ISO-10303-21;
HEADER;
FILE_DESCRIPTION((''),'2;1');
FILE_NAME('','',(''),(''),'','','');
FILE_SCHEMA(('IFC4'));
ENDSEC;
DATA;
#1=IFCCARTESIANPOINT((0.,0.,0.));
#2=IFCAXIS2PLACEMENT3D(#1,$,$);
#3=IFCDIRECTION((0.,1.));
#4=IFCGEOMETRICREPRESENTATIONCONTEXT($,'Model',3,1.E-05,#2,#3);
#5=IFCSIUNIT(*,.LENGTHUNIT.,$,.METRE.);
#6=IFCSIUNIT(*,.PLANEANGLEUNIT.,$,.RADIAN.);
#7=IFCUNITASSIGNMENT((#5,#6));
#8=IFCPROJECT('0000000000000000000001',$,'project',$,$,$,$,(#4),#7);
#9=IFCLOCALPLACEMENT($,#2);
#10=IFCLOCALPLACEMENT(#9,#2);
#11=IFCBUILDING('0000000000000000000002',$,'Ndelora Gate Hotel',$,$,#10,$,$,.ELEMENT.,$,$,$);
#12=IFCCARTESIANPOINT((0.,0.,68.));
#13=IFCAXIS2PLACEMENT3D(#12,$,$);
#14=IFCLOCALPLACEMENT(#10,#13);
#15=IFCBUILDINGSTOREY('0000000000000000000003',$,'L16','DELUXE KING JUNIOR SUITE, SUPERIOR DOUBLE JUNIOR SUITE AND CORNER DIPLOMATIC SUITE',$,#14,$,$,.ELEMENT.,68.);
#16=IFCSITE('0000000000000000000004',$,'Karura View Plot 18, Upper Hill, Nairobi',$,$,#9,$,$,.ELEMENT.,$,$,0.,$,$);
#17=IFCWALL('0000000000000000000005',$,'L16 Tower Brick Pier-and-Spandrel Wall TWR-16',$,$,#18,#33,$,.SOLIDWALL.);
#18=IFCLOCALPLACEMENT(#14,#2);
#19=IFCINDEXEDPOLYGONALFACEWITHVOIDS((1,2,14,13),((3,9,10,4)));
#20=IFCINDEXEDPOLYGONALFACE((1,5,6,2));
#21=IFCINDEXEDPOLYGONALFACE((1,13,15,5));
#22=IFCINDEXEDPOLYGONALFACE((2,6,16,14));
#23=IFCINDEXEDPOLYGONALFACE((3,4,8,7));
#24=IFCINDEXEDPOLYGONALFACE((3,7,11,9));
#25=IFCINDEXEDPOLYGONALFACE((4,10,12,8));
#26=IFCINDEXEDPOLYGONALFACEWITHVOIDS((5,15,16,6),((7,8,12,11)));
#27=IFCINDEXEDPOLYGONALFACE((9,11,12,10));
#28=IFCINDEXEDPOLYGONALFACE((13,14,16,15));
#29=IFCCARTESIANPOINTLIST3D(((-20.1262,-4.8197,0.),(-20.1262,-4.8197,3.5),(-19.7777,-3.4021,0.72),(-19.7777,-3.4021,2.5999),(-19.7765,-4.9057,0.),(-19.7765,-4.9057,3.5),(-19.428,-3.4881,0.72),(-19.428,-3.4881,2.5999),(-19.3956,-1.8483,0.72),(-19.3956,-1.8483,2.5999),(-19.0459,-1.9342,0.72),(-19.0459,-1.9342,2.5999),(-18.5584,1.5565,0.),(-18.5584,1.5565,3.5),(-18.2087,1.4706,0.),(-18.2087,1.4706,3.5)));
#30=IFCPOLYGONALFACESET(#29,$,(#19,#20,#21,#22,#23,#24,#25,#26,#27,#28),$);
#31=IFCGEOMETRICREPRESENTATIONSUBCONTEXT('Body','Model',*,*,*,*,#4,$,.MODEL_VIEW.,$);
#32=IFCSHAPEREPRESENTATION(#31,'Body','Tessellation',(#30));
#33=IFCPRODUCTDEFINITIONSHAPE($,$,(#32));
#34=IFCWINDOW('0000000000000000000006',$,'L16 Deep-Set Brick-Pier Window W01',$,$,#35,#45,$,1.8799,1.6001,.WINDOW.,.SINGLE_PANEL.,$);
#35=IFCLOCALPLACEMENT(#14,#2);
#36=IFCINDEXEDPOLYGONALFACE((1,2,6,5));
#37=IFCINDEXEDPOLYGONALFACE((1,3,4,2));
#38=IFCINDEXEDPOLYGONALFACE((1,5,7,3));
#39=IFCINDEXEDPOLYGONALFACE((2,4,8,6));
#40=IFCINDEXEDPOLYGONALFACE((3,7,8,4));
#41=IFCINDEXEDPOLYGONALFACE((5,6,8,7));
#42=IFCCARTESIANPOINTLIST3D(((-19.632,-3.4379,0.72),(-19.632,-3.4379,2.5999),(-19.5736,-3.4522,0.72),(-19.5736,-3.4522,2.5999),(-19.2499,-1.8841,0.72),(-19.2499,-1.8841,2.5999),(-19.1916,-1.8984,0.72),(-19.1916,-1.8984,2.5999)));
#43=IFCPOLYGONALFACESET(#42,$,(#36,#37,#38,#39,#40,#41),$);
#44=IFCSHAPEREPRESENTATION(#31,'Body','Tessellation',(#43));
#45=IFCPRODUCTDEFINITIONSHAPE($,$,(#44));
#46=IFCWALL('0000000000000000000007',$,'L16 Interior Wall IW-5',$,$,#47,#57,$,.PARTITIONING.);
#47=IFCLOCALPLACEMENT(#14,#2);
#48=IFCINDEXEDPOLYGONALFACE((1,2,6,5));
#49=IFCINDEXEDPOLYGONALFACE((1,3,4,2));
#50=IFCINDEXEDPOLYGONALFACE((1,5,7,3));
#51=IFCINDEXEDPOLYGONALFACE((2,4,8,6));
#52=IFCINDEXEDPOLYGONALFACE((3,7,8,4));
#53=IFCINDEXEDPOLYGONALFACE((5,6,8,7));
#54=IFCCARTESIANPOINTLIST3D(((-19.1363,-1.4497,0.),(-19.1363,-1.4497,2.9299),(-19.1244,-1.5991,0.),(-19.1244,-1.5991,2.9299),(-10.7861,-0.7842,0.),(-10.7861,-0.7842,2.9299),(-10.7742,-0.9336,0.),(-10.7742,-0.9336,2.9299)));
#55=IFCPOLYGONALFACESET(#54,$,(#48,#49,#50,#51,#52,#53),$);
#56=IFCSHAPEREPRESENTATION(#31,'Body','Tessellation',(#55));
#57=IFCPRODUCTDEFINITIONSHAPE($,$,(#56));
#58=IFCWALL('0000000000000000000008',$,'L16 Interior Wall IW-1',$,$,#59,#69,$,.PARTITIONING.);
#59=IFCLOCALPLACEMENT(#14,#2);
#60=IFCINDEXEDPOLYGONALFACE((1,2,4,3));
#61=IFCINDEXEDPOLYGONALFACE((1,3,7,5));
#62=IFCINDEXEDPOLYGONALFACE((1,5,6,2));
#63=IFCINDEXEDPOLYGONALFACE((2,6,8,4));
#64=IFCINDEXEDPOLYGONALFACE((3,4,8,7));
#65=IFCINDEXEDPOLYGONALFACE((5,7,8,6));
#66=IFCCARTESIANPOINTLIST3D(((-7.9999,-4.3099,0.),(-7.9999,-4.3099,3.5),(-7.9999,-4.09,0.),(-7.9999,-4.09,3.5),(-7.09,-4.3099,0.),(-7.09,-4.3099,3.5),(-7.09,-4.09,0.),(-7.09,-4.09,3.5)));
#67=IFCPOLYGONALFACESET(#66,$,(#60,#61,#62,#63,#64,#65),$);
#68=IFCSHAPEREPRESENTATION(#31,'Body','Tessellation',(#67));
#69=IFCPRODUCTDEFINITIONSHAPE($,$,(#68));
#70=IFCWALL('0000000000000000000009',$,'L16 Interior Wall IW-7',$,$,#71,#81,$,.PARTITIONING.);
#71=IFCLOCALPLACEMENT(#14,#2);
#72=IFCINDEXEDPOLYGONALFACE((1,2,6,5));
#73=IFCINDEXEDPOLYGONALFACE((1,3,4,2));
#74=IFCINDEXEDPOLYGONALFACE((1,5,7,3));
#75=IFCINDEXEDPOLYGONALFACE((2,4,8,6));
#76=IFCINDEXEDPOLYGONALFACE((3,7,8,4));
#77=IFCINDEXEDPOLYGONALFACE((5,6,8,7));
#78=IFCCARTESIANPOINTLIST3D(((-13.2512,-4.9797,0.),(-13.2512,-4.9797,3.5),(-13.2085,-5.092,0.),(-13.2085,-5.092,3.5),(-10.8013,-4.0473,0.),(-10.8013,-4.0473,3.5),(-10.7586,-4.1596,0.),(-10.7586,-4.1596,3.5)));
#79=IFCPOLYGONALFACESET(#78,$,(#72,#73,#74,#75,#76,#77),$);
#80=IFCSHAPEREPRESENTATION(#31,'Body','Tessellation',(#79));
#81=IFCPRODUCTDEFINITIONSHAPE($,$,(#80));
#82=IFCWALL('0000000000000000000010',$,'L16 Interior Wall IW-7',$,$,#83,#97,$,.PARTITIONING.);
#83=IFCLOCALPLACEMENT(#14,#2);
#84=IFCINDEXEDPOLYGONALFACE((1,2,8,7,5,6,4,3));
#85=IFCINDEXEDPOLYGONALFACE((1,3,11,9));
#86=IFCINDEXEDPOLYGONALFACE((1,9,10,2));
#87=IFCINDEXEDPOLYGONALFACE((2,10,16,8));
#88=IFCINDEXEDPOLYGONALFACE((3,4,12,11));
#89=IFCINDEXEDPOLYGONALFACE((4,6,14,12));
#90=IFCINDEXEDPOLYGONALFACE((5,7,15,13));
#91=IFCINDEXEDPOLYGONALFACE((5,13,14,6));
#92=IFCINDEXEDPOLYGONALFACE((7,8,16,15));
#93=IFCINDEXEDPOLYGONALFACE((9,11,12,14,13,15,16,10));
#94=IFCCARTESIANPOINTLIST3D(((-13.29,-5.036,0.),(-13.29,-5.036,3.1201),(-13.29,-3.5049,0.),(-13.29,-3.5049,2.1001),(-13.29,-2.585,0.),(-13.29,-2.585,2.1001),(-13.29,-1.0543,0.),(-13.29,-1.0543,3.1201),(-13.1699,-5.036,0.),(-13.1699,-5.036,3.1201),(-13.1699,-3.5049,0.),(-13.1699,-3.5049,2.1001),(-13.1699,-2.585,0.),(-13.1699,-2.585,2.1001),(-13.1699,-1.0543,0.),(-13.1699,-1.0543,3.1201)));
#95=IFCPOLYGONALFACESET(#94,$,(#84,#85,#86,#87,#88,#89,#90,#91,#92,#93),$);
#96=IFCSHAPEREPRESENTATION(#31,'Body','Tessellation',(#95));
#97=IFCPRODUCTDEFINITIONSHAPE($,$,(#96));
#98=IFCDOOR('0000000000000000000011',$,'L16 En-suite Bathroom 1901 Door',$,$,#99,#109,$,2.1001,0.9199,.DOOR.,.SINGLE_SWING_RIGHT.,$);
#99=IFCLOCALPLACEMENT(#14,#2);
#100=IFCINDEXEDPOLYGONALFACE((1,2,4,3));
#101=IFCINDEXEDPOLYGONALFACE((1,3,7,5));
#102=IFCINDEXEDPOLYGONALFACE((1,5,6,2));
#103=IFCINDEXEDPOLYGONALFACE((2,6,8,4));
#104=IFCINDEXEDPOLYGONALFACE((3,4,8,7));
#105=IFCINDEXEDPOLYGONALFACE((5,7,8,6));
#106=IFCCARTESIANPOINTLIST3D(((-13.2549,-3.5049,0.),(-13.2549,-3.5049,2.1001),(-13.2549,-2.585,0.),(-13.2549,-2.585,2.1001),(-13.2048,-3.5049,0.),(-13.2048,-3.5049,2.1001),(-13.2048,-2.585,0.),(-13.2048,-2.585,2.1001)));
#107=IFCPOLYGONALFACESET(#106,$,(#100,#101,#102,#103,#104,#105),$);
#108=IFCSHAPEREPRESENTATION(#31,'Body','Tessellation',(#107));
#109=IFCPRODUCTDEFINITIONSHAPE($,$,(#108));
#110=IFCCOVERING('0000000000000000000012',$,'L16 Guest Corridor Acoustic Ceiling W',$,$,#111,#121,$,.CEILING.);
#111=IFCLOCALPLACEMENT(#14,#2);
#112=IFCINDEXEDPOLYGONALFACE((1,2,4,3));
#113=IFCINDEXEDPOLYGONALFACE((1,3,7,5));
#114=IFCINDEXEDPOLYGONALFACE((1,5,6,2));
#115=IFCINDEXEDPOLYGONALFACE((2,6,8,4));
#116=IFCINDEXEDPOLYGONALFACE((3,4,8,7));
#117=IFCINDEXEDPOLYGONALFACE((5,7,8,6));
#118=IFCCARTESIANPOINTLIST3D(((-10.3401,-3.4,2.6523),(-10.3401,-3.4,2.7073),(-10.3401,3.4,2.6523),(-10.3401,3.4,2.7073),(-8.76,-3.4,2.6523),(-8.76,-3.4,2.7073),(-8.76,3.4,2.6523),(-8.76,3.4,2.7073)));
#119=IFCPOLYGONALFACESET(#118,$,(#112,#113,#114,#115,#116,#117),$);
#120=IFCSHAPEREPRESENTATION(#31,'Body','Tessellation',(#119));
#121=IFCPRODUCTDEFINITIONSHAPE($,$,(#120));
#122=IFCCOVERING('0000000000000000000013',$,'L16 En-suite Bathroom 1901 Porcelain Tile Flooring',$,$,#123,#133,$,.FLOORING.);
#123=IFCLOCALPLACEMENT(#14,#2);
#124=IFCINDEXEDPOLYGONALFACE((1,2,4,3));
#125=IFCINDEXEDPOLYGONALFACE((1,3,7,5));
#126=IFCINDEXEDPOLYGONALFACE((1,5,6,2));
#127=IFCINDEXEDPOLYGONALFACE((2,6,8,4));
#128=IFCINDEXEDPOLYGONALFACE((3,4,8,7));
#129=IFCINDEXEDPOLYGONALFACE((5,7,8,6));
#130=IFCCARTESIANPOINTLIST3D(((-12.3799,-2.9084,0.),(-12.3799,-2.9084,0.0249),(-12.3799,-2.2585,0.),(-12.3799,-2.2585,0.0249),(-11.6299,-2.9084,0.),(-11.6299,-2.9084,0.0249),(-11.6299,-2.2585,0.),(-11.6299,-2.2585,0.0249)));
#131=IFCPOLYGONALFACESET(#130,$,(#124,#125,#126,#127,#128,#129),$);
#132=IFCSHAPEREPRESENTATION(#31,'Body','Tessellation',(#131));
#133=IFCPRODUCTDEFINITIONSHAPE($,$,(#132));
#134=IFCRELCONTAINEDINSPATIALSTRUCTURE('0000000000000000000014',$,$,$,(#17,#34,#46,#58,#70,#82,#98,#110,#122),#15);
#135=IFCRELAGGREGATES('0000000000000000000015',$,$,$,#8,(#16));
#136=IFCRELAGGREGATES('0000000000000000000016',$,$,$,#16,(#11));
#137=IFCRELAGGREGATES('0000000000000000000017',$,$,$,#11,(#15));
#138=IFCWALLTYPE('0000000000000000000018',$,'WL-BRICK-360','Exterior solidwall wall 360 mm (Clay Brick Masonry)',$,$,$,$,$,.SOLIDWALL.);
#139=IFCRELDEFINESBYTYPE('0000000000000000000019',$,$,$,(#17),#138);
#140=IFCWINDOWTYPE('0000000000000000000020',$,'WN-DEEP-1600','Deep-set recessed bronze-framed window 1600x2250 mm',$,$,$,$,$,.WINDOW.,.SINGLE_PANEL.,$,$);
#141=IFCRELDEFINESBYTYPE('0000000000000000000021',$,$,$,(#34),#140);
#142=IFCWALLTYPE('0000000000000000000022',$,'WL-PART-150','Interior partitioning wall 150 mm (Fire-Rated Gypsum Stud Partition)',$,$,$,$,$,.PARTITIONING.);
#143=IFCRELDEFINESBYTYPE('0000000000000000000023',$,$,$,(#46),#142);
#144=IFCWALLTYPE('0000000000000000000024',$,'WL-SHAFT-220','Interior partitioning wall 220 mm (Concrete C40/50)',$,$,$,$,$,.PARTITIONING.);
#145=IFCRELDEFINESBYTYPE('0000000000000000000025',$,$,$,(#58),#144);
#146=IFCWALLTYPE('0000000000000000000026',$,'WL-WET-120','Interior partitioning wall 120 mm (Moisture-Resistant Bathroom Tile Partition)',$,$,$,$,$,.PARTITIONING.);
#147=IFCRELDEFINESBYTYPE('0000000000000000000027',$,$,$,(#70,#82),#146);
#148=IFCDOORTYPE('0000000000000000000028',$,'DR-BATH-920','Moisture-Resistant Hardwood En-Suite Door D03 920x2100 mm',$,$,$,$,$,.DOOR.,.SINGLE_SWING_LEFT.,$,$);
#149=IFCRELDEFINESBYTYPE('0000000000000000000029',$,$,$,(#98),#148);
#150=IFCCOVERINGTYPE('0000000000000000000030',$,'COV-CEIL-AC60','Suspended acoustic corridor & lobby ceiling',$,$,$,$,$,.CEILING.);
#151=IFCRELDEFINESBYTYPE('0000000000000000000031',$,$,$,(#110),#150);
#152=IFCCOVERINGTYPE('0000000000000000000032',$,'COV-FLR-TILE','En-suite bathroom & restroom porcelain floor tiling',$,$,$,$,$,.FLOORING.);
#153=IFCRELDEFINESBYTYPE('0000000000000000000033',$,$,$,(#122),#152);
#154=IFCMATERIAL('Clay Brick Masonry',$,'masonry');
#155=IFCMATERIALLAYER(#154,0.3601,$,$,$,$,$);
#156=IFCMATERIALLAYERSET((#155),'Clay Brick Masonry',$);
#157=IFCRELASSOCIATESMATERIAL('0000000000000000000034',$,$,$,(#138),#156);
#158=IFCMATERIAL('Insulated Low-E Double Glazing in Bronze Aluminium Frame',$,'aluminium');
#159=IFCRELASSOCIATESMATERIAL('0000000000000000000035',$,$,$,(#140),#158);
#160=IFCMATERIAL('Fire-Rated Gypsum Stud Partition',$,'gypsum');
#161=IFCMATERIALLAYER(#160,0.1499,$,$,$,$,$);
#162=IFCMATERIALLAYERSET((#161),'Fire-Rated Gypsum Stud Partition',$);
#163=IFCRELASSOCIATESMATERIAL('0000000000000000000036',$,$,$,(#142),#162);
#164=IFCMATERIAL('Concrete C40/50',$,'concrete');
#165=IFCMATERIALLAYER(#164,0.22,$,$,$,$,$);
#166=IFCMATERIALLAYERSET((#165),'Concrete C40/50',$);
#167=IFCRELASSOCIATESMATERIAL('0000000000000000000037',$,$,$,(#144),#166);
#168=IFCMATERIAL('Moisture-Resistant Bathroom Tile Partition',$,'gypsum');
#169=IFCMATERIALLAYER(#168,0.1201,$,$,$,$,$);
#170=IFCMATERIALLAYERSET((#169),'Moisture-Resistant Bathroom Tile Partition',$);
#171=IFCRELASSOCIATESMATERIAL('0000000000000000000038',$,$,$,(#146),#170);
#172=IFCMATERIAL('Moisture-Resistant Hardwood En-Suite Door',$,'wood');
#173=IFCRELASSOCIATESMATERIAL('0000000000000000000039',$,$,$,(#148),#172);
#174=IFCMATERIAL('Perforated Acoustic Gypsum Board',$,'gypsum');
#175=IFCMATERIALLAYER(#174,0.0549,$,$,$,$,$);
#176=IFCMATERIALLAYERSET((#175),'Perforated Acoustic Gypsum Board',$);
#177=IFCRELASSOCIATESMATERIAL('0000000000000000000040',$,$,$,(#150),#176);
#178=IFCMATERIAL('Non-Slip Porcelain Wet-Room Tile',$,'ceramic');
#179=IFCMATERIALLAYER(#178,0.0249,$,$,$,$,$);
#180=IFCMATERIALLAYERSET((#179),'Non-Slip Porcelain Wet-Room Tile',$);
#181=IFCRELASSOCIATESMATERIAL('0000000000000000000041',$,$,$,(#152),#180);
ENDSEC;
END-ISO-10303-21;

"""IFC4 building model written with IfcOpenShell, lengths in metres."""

from ifc_helpers import new_model, si_unit, direction, frame, frame_2d, origin, origin_2d, place, context, subcontext, project, spatial, rectangle, extrude, material, layer, layer_set, type_object, element, fill, save


model = new_model("IFC4")

# Units and contexts
model_context = context("Model", 3, precision=1e-05, world=origin(), true_north=direction((0.0, 1.0)))
body_context = subcontext(model_context, "Body", "Model", "MODEL_VIEW")
ifc_project = project(units=[si_unit("LENGTHUNIT", "METRE"), si_unit("PLANEANGLEUNIT", "RADIAN")], contexts=[model_context])

# Site, building, storey
site_placement = place(None, origin())
site = spatial("IfcSite", under=ifc_project, at=site_placement, Name="Karura View Plot 18, Upper Hill, Nairobi", CompositionType="ELEMENT", RefElevation=0.0)
building_placement = place(site_placement, origin())
building = spatial("IfcBuilding", under=site, at=building_placement, Name="Ndelora Gate Hotel", CompositionType="ELEMENT")
storey_placement = place(building_placement, frame((0.0, 0.0, 68.0)))
storey = spatial("IfcBuildingStorey", under=building, at=storey_placement, Name="L16", Description="DELUXE KING JUNIOR SUITE, SUPERIOR DOUBLE JUNIOR SUITE AND CORNER DIPLOMATIC SUITE", CompositionType="ELEMENT", Elevation=68.0)

# Shared definitions
ifc_material_1 = material(Name="Clay Brick Masonry", Category="masonry")
ifc_layer_1 = layer(ifc_material_1, 0.3601)
ifc_layer_set_1 = layer_set([ifc_layer_1], Name="Clay Brick Masonry")
wall_type_1 = type_object("IfcWallType", Name="WL-BRICK-360", Description="Exterior solidwall wall 360 mm (Clay Brick Masonry)", PredefinedType="SOLIDWALL", material=ifc_layer_set_1)

# Wall, opening, window
wall_1_placement = place(storey_placement, frame((-19.9514, -4.8628, 0.0), z_axis=(0.0, 0.0, 1.0), x_axis=(0.238781, 0.971074, 0.0)))
wall_1 = element("IfcWall", 1, at=wall_1_placement, inside=storey, type_object=wall_type_1, Name="L16 Tower Brick Pier-and-Spandrel Wall TWR-16", PredefinedType="SOLIDWALL", context=body_context, shape_type="SweptSolid", body=[
    extrude(rectangle(XDim=6.5662, YDim=0.3601, at=frame_2d((3.2832, 0.0))), origin(), (0.0, 0.0, 1.0), 3.5),
])
opening_1_placement = place(wall_1_placement, frame((1.46, 0.0, 0.72)))
opening_1 = element("IfcOpeningElement", 2, at=opening_1_placement, cuts=wall_1, PredefinedType="OPENING", context=body_context, shape_type="SweptSolid", body=[
    extrude(rectangle(XDim=1.6001, YDim=1.8799, at=frame_2d((0.8, 0.9399))), frame((0.0, 0.1899, 0.0), z_axis=(0.0, -1.0, 0.0), x_axis=(1.0, 0.0, 0.0)), (0.0, 0.0, 1.0), 0.3801),
])
ifc_material_2 = material(Name="Insulated Low-E Double Glazing in Bronze Aluminium Frame", Category="aluminium")
window_type = type_object("IfcWindowType", Name="WN-DEEP-1600", Description="Deep-set recessed bronze-framed window 1600x2250 mm", PartitioningType="SINGLE_PANEL", PredefinedType="WINDOW", material=ifc_material_2)
window_placement = place(opening_1_placement, origin())
window = element("IfcWindow", 3, at=window_placement, inside=storey, type_object=window_type, Name="L16 Deep-Set Brick-Pier Window W01", OverallHeight=1.8799, OverallWidth=1.6001, PartitioningType="SINGLE_PANEL", PredefinedType="WINDOW", context=body_context, shape_type="SweptSolid", body=[
    extrude(rectangle(XDim=1.6001, YDim=1.8799, at=frame_2d((0.8, 0.9399))), frame((0.0, 0.03, 0.0), z_axis=(0.0, -1.0, 0.0), x_axis=(1.0, 0.0, 0.0)), (0.0, 0.0, 1.0), 0.0601),
])
fill(opening_1, window)

# Walls
ifc_material_3 = material(Name="Fire-Rated Gypsum Stud Partition", Category="gypsum")
ifc_layer_2 = layer(ifc_material_3, 0.1499)
ifc_layer_set_2 = layer_set([ifc_layer_2], Name="Fire-Rated Gypsum Stud Partition")
wall_type_2 = type_object("IfcWallType", Name="WL-PART-150", Description="Interior partitioning wall 150 mm (Fire-Rated Gypsum Stud Partition)", PredefinedType="PARTITIONING", material=ifc_layer_set_2)
wall_2_placement = place(storey_placement, frame((-10.78, -0.8589, 0.0), z_axis=(0.0, 0.0, 1.0), x_axis=(-0.996839, -0.079449, 0.0)))
element("IfcWall", 4, at=wall_2_placement, inside=storey, type_object=wall_type_2, Name="L16 Interior Wall IW-5", PredefinedType="PARTITIONING", context=body_context, shape_type="SweptSolid", body=[
    extrude(rectangle(XDim=8.3767, YDim=0.1499, at=frame_2d((4.1885, 0.0))), origin(), (0.0, 0.0, 1.0), 2.9299),
])
ifc_material_4 = material(Name="Concrete C40/50", Category="concrete")
ifc_layer_3 = layer(ifc_material_4, 0.22)
ifc_layer_set_3 = layer_set([ifc_layer_3], Name="Concrete C40/50")
wall_type_3 = type_object("IfcWallType", Name="WL-SHAFT-220", Description="Interior partitioning wall 220 mm (Concrete C40/50)", PredefinedType="PARTITIONING", material=ifc_layer_set_3)
wall_3_placement = place(storey_placement, frame((-8.0, -4.2, 0.0), z_axis=(0.0, 0.0, 1.0), x_axis=(1.0, 0.0, 0.0)))
element("IfcWall", 5, at=wall_3_placement, inside=storey, type_object=wall_type_3, Name="L16 Interior Wall IW-1", PredefinedType="PARTITIONING", context=body_context, shape_type="SweptSolid", body=[
    extrude(rectangle(XDim=0.9099, YDim=0.22, at=frame_2d((0.4551, 0.0))), origin(), (0.0, 0.0, 1.0), 3.5),
])
ifc_material_5 = material(Name="Moisture-Resistant Bathroom Tile Partition", Category="gypsum")
ifc_layer_4 = layer(ifc_material_5, 0.1201)
ifc_layer_set_4 = layer_set([ifc_layer_4], Name="Moisture-Resistant Bathroom Tile Partition")
wall_type_4 = type_object("IfcWallType", Name="WL-WET-120", Description="Interior partitioning wall 120 mm (Moisture-Resistant Bathroom Tile Partition)", PredefinedType="PARTITIONING", material=ifc_layer_set_4)
wall_4_placement = place(storey_placement, frame((-10.78, -4.1035, 0.0), z_axis=(0.0, 0.0, 1.0), x_axis=(-0.934607, -0.355682, 0.0)))
element("IfcWall", 6, at=wall_4_placement, inside=storey, type_object=wall_type_4, Name="L16 Interior Wall IW-7", PredefinedType="PARTITIONING", context=body_context, shape_type="SweptSolid", body=[
    extrude(rectangle(XDim=2.6213, YDim=0.1201, at=frame_2d((1.3105, 0.0))), origin(), (0.0, 0.0, 1.0), 3.5),
])

# Wall, opening, door
wall_5_placement = place(storey_placement, frame((-13.23, -5.0359, 0.0), z_axis=(0.0, 0.0, 1.0), x_axis=(0.0, 1.0, 0.0)))
wall_5 = element("IfcWall", 7, at=wall_5_placement, inside=storey, type_object=wall_type_4, Name="L16 Interior Wall IW-7", PredefinedType="PARTITIONING", context=body_context, shape_type="SweptSolid", body=[
    extrude(rectangle(XDim=3.9817, YDim=0.1201, at=frame_2d((1.9907, 0.0))), origin(), (0.0, 0.0, 1.0), 3.1201),
])
opening_2_placement = place(wall_5_placement, frame((1.531, 0.0, 0.0)))
opening_2 = element("IfcOpeningElement", 8, at=opening_2_placement, cuts=wall_5, PredefinedType="OPENING", context=body_context, shape_type="SweptSolid", body=[
    extrude(rectangle(XDim=0.9199, YDim=2.1001, at=frame_2d((0.46, 1.05))), frame((0.0, 0.0701, 0.0), z_axis=(0.0, -1.0, 0.0), x_axis=(1.0, 0.0, 0.0)), (0.0, 0.0, 1.0), 0.1401),
])
ifc_material_6 = material(Name="Moisture-Resistant Hardwood En-Suite Door", Category="wood")
door_type_1 = type_object("IfcDoorType", Name="DR-BATH-920", Description="Moisture-Resistant Hardwood En-Suite Door D03 920x2100 mm", OperationType="SINGLE_SWING_LEFT", PredefinedType="DOOR", material=ifc_material_6)
door_1_placement = place(opening_2_placement, origin())
door_1 = element("IfcDoor", 9, at=door_1_placement, inside=storey, type_object=door_type_1, Name="L16 En-suite Bathroom 1901 Door", OperationType="SINGLE_SWING_RIGHT", OverallHeight=2.1001, OverallWidth=0.9199, PredefinedType="DOOR", context=body_context, shape_type="SweptSolid", body=[
    extrude(rectangle(XDim=0.9199, YDim=2.1001, at=frame_2d((0.46, 1.05))), frame((0.0, 0.0249, 0.0), z_axis=(0.0, -1.0, 0.0), x_axis=(1.0, 0.0, 0.0)), (0.0, 0.0, 1.0), 0.05),
])
fill(opening_2, door_1)

# Coverings
ifc_material_7 = material(Name="Perforated Acoustic Gypsum Board", Category="gypsum")
ifc_layer_5 = layer(ifc_material_7, 0.0549)
ifc_layer_set_5 = layer_set([ifc_layer_5], Name="Perforated Acoustic Gypsum Board")
covering_type_1 = type_object("IfcCoveringType", Name="COV-CEIL-AC60", Description="Suspended acoustic corridor & lobby ceiling", PredefinedType="CEILING", material=ifc_layer_set_5)
covering_1_placement = place(storey_placement, frame((-9.55, 0.0, 2.6523), z_axis=(0.0, 0.0, 1.0), x_axis=(1.0, 0.0, 0.0)))
element("IfcCovering", 10, at=covering_1_placement, inside=storey, type_object=covering_type_1, Name="L16 Guest Corridor Acoustic Ceiling W", PredefinedType="CEILING", context=body_context, shape_type="SweptSolid", body=[
    extrude(rectangle(XDim=1.5801, YDim=6.8, at=origin_2d()), origin(), (0.0, 0.0, 1.0), 0.0549),
])
ifc_material_8 = material(Name="Non-Slip Porcelain Wet-Room Tile", Category="ceramic")
ifc_layer_6 = layer(ifc_material_8, 0.0249)
ifc_layer_set_6 = layer_set([ifc_layer_6], Name="Non-Slip Porcelain Wet-Room Tile")
covering_type_2 = type_object("IfcCoveringType", Name="COV-FLR-TILE", Description="En-suite bathroom & restroom porcelain floor tiling", PredefinedType="FLOORING", material=ifc_layer_set_6)
covering_2_placement = place(storey_placement, frame((-12.0049, -2.5835, 0.0), z_axis=(0.0, 0.0, 1.0), x_axis=(1.0, 0.0, 0.0)))
element("IfcCovering", 11, at=covering_2_placement, inside=storey, type_object=covering_type_2, Name="L16 En-suite Bathroom 1901 Porcelain Tile Flooring", PredefinedType="FLOORING", context=body_context, shape_type="SweptSolid", body=[
    extrude(rectangle(XDim=0.75, YDim=0.6499, at=origin_2d()), origin(), (0.0, 0.0, 1.0), 0.0249),
])

save(model, "model.ifc")
